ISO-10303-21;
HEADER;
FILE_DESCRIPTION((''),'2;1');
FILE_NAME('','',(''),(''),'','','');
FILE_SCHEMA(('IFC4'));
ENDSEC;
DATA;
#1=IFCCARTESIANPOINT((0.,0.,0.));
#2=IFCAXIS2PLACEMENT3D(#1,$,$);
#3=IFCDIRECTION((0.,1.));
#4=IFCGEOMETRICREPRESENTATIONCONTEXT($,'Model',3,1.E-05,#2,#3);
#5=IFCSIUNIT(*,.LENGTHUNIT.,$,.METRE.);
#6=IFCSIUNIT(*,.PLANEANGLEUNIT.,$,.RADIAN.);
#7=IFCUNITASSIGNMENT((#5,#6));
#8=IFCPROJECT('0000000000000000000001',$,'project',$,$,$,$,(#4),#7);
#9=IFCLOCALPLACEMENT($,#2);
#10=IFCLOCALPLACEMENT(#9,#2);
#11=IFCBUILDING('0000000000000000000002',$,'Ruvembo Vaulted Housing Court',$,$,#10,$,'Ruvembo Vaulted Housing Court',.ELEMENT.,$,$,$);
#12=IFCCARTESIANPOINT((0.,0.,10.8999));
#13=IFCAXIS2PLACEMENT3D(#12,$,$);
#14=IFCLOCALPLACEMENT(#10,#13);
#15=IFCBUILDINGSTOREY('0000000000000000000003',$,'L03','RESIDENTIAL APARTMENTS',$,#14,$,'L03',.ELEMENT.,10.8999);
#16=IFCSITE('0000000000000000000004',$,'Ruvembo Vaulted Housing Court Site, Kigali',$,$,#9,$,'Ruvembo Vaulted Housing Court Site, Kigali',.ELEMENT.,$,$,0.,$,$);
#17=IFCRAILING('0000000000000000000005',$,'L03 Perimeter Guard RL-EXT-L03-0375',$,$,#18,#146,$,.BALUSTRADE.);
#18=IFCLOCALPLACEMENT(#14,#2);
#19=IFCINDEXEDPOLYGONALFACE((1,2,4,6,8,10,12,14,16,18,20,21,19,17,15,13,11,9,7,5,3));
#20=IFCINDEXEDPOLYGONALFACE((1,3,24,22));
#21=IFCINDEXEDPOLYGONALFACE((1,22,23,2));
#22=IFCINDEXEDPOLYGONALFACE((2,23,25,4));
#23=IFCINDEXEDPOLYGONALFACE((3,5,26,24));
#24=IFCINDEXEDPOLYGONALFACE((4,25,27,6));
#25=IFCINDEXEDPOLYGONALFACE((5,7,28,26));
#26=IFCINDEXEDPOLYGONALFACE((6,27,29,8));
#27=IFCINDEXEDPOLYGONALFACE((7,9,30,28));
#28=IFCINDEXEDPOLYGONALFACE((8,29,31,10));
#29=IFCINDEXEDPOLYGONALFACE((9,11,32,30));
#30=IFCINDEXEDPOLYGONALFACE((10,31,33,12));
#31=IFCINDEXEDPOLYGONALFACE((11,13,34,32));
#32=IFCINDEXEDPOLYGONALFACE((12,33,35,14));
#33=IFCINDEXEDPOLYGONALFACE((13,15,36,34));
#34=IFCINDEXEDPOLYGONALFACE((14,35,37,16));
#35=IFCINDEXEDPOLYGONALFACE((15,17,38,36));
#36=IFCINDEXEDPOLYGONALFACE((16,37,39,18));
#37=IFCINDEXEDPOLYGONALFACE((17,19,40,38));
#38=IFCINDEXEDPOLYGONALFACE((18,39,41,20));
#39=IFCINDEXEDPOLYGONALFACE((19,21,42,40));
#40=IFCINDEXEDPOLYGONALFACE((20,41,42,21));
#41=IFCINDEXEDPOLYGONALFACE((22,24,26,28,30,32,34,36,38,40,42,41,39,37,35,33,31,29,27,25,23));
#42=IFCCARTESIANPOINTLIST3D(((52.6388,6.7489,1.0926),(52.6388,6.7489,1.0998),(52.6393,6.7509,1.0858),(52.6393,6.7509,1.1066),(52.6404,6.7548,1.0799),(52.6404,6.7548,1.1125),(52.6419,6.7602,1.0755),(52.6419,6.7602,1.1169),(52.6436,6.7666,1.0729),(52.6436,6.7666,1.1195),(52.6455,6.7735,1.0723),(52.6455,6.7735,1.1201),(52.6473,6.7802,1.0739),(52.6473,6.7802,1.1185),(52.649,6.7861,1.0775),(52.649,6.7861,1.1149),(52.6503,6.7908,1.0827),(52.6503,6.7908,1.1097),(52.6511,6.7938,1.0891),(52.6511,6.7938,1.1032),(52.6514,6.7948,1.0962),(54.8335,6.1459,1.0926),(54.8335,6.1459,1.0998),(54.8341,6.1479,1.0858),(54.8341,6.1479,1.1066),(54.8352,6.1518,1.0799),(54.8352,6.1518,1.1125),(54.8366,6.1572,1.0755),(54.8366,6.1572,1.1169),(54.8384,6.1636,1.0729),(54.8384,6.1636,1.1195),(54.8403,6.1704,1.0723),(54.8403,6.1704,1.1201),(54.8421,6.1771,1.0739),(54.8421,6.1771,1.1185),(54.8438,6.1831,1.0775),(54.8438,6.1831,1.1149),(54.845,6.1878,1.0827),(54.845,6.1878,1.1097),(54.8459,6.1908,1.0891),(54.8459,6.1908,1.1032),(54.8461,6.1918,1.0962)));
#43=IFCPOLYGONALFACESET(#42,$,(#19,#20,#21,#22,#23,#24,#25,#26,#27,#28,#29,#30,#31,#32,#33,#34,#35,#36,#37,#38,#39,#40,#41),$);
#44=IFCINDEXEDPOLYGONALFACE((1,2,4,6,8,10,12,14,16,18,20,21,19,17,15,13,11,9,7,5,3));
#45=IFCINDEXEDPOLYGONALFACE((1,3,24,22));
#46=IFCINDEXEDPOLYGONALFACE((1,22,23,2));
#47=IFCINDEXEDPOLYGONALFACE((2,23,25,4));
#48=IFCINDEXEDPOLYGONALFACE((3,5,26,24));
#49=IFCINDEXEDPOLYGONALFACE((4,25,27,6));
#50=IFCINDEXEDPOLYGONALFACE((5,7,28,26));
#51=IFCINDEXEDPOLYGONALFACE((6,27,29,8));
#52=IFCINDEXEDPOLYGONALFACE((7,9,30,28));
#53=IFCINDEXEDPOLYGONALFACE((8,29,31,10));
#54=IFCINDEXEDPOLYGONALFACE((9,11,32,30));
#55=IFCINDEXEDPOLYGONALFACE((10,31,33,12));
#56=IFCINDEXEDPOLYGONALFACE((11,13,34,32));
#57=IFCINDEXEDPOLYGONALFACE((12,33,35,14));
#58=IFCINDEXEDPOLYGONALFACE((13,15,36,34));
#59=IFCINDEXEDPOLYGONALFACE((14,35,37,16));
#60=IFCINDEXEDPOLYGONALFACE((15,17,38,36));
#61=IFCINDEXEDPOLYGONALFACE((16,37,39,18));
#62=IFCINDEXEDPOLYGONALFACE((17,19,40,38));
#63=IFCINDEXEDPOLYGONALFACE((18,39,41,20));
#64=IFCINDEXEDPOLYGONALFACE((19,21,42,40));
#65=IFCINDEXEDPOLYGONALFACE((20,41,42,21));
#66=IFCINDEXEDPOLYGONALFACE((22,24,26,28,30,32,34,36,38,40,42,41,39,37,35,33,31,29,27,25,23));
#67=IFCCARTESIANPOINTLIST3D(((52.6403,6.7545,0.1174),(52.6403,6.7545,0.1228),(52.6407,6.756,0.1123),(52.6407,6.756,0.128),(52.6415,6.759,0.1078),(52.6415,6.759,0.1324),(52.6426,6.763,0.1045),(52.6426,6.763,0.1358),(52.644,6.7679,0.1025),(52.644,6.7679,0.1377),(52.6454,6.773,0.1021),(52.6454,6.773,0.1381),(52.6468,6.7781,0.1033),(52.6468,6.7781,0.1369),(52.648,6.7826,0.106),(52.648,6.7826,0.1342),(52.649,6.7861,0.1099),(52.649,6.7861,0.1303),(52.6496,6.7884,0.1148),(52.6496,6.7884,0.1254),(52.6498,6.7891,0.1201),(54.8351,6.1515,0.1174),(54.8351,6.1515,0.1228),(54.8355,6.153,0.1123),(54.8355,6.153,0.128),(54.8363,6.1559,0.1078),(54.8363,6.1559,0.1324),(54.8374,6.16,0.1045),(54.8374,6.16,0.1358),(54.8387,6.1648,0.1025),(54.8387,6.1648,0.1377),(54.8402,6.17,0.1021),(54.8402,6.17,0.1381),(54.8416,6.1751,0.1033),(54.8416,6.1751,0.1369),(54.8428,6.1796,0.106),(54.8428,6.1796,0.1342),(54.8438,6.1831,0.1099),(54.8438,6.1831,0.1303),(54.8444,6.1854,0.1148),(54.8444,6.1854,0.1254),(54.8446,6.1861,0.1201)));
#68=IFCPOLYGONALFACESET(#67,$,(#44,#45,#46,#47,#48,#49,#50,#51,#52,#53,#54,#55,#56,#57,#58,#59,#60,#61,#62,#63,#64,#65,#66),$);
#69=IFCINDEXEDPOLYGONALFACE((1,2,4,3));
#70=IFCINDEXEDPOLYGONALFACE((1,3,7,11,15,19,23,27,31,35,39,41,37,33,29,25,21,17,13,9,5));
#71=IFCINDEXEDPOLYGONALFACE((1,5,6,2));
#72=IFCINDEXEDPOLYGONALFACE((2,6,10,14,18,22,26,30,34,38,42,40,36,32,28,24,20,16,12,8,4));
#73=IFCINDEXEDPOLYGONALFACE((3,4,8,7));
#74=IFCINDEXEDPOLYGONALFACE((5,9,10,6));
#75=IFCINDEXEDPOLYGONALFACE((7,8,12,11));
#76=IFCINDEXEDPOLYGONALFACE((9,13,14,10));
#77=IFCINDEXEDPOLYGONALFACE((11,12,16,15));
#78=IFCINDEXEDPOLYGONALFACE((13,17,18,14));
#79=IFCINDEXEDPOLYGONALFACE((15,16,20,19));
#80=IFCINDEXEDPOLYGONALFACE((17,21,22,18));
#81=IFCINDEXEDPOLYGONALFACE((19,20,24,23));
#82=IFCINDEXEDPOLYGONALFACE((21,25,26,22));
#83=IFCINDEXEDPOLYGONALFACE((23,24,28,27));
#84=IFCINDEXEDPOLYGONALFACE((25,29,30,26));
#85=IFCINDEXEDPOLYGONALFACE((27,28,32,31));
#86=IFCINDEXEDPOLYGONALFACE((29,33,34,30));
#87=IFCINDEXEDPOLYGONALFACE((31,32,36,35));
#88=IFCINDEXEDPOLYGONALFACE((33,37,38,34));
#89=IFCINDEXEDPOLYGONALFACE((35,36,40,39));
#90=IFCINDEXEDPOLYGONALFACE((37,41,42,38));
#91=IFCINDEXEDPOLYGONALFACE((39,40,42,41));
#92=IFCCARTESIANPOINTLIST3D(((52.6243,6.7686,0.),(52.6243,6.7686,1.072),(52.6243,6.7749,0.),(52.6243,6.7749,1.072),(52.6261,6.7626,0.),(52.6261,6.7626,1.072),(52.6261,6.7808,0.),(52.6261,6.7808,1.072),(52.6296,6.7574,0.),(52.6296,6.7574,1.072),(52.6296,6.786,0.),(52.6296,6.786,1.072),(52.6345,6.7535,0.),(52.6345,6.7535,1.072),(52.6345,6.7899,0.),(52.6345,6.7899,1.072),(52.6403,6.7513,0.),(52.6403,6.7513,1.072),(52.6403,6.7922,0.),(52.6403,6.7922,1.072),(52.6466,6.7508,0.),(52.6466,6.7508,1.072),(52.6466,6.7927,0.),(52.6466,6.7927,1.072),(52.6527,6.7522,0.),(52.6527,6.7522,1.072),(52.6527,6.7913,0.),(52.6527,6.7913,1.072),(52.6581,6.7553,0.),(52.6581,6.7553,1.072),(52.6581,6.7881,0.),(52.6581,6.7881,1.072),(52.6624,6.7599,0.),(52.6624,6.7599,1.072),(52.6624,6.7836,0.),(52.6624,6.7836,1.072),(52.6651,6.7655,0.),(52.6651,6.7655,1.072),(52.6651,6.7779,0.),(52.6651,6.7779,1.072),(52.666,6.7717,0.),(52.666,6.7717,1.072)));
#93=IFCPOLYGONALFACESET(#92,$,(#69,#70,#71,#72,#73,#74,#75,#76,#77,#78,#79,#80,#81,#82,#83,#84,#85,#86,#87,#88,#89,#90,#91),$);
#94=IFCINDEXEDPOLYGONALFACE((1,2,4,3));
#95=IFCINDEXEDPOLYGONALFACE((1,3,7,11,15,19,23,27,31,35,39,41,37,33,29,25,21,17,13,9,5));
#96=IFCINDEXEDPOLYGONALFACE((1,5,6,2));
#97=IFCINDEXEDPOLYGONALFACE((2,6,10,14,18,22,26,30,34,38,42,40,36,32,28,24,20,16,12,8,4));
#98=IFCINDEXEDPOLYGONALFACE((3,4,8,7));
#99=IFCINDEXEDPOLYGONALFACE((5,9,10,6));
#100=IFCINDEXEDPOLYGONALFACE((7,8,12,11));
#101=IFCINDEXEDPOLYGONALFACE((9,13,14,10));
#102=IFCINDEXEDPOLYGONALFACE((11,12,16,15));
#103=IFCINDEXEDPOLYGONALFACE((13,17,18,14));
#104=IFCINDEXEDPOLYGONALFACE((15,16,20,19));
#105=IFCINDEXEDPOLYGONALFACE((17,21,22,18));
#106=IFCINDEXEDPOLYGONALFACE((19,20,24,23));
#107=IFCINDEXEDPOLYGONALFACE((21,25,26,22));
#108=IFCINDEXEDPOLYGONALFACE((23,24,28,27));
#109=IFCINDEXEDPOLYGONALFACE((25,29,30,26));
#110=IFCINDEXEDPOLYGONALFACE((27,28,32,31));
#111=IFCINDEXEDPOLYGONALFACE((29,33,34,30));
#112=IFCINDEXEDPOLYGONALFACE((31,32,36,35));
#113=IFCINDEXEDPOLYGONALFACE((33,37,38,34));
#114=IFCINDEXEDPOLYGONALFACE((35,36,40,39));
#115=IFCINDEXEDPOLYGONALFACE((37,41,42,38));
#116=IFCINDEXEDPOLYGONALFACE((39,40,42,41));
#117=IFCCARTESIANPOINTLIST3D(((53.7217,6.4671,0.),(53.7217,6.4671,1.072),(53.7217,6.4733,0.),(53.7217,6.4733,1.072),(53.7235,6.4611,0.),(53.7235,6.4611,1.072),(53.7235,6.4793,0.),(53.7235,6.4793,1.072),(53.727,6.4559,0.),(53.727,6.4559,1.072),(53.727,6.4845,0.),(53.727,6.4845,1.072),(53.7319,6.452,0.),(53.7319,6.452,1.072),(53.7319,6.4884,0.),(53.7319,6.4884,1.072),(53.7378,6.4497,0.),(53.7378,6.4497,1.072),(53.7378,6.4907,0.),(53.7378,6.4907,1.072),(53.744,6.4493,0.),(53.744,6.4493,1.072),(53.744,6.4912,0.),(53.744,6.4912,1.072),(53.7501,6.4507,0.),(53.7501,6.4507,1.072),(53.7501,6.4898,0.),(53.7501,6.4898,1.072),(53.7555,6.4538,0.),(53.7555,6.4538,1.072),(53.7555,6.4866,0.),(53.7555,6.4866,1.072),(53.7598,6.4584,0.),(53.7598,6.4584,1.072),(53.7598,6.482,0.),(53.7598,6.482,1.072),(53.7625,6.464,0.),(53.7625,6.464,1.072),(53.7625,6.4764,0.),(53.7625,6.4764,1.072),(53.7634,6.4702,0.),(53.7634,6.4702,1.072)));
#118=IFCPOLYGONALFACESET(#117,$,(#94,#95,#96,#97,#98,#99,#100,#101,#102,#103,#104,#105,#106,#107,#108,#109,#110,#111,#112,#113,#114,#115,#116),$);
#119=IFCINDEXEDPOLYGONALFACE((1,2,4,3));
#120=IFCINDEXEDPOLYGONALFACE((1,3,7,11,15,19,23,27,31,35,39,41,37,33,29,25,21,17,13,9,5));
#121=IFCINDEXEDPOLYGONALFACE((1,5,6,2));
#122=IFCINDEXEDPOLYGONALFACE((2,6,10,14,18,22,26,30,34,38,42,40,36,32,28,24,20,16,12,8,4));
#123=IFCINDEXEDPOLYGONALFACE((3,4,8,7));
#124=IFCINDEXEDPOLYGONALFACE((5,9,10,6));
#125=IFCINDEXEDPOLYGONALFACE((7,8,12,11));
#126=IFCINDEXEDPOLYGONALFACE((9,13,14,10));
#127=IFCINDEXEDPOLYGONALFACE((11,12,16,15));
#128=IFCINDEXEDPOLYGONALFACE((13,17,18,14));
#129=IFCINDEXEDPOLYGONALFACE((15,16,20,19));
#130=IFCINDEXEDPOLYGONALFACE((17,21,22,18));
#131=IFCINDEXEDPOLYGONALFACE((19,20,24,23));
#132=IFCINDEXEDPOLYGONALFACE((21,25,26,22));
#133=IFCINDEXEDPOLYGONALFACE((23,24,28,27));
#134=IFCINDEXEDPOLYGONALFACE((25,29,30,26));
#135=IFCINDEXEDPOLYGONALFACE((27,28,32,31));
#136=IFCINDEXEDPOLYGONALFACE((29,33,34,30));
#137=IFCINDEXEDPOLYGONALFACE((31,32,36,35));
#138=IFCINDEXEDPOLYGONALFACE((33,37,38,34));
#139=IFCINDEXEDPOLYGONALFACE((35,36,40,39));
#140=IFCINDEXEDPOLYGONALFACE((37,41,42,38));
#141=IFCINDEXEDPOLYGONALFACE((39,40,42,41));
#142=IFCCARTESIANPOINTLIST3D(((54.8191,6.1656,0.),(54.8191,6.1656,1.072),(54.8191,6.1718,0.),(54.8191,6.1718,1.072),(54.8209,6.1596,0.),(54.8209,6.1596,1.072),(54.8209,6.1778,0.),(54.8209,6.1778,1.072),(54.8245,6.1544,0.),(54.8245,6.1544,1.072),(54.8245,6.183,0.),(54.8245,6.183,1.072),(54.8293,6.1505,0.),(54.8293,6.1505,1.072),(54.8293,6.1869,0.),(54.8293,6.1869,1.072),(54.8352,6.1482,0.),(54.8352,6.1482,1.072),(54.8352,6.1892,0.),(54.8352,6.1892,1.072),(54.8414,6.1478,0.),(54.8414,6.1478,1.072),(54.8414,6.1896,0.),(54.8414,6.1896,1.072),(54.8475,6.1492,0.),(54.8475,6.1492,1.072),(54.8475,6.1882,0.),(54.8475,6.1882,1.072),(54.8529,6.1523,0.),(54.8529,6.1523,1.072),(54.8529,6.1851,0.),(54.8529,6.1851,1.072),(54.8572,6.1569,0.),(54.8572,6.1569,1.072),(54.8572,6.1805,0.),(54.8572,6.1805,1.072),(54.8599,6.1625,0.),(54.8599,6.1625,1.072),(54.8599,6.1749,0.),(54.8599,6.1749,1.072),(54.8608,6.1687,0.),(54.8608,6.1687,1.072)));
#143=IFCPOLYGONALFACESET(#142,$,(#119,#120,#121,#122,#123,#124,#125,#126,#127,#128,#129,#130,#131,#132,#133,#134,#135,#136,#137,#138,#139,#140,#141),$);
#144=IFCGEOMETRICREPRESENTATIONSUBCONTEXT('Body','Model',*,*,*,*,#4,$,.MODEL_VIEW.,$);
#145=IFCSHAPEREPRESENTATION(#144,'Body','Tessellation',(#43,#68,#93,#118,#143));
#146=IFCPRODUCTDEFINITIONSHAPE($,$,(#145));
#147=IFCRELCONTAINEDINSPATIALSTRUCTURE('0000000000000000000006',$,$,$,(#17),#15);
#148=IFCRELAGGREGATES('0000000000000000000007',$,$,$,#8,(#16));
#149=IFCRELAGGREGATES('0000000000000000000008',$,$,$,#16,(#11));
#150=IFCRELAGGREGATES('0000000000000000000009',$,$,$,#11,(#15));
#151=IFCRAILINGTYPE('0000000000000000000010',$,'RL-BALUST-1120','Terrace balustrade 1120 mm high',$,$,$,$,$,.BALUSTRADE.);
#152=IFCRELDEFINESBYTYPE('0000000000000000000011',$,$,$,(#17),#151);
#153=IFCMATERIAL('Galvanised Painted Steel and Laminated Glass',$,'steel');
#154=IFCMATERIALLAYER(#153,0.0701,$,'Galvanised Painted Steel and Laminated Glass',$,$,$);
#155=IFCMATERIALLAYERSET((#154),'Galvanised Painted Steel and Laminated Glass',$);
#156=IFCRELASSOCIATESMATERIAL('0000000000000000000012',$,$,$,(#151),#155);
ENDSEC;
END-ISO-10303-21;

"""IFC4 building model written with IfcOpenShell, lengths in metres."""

from ifc_helpers import new_model, si_unit, direction, frame, origin, origin_2d, place, context, subcontext, project, spatial, circle, extrude, material, layer, layer_set, type_object, element, save


model = new_model("IFC4")

# Units and contexts
model_context = context("Model", 3, precision=1e-05, world=origin(), true_north=direction((0.0, 1.0)))
body_context = subcontext(model_context, "Body", "Model", "MODEL_VIEW")
ifc_project = project(units=[si_unit("LENGTHUNIT", "METRE"), si_unit("PLANEANGLEUNIT", "RADIAN")], contexts=[model_context])

# Site, building, storey
site_placement = place(None, origin())
site = spatial("IfcSite", under=ifc_project, at=site_placement, Name="Ruvembo Vaulted Housing Court Site, Kigali", LongName="Ruvembo Vaulted Housing Court Site, Kigali", CompositionType="ELEMENT", RefElevation=0.0)
building_placement = place(site_placement, origin())
building = spatial("IfcBuilding", under=site, at=building_placement, Name="Ruvembo Vaulted Housing Court", LongName="Ruvembo Vaulted Housing Court", CompositionType="ELEMENT")
storey_placement = place(building_placement, frame((0.0, 0.0, 10.8999)))
storey = spatial("IfcBuildingStorey", under=building, at=storey_placement, Name="L03", Description="RESIDENTIAL APARTMENTS", LongName="L03", CompositionType="ELEMENT", Elevation=10.8999)

# Railing
ifc_material_1 = material(Name="Galvanised Painted Steel and Laminated Glass", Category="steel")
ifc_layer_1 = layer(ifc_material_1, 0.0701, Name="Galvanised Painted Steel and Laminated Glass")
ifc_layer_set_1 = layer_set([ifc_layer_1], Name="Galvanised Painted Steel and Laminated Glass")
railing_type = type_object("IfcRailingType", Name="RL-BALUST-1120", Description="Terrace balustrade 1120 mm high", PredefinedType="BALUSTRADE", material=ifc_layer_set_1)
railing_1_placement = place(storey_placement, frame((52.645, 6.7717, 0.0)))
element("IfcRailing", 1, at=railing_1_placement, inside=storey, type_object=railing_type, Name="L03 Perimeter Guard RL-EXT-L03-0375", PredefinedType="BALUSTRADE", context=body_context, shape_type="SweptSolid", body=[
    extrude(circle(Radius=0.0239, at=origin_2d()), frame((0.0, 0.0, 1.0962), z_axis=(0.964267, -0.264932, 0.0), x_axis=(0.264932, 0.964267, 0.0)), (0.0, 0.0, 1.0), 2.2761),
    extrude(circle(Radius=0.0181, at=origin_2d()), frame((0.0, 0.0, 0.1201), z_axis=(0.964267, -0.264932, 0.0), x_axis=(0.264932, 0.964267, 0.0)), (0.0, 0.0, 1.0), 2.2761),
    extrude(circle(Radius=0.021, at=origin_2d()), origin(), (0.0, 0.0, 1.0), 1.072),
    extrude(circle(Radius=0.021, at=origin_2d()), frame((1.0974, -0.3015, 0.0)), (0.0, 0.0, 1.0), 1.072),
    extrude(circle(Radius=0.021, at=origin_2d()), frame((2.1948, -0.603, 0.0)), (0.0, 0.0, 1.0), 1.072),
])

save(model, "model.ifc")
